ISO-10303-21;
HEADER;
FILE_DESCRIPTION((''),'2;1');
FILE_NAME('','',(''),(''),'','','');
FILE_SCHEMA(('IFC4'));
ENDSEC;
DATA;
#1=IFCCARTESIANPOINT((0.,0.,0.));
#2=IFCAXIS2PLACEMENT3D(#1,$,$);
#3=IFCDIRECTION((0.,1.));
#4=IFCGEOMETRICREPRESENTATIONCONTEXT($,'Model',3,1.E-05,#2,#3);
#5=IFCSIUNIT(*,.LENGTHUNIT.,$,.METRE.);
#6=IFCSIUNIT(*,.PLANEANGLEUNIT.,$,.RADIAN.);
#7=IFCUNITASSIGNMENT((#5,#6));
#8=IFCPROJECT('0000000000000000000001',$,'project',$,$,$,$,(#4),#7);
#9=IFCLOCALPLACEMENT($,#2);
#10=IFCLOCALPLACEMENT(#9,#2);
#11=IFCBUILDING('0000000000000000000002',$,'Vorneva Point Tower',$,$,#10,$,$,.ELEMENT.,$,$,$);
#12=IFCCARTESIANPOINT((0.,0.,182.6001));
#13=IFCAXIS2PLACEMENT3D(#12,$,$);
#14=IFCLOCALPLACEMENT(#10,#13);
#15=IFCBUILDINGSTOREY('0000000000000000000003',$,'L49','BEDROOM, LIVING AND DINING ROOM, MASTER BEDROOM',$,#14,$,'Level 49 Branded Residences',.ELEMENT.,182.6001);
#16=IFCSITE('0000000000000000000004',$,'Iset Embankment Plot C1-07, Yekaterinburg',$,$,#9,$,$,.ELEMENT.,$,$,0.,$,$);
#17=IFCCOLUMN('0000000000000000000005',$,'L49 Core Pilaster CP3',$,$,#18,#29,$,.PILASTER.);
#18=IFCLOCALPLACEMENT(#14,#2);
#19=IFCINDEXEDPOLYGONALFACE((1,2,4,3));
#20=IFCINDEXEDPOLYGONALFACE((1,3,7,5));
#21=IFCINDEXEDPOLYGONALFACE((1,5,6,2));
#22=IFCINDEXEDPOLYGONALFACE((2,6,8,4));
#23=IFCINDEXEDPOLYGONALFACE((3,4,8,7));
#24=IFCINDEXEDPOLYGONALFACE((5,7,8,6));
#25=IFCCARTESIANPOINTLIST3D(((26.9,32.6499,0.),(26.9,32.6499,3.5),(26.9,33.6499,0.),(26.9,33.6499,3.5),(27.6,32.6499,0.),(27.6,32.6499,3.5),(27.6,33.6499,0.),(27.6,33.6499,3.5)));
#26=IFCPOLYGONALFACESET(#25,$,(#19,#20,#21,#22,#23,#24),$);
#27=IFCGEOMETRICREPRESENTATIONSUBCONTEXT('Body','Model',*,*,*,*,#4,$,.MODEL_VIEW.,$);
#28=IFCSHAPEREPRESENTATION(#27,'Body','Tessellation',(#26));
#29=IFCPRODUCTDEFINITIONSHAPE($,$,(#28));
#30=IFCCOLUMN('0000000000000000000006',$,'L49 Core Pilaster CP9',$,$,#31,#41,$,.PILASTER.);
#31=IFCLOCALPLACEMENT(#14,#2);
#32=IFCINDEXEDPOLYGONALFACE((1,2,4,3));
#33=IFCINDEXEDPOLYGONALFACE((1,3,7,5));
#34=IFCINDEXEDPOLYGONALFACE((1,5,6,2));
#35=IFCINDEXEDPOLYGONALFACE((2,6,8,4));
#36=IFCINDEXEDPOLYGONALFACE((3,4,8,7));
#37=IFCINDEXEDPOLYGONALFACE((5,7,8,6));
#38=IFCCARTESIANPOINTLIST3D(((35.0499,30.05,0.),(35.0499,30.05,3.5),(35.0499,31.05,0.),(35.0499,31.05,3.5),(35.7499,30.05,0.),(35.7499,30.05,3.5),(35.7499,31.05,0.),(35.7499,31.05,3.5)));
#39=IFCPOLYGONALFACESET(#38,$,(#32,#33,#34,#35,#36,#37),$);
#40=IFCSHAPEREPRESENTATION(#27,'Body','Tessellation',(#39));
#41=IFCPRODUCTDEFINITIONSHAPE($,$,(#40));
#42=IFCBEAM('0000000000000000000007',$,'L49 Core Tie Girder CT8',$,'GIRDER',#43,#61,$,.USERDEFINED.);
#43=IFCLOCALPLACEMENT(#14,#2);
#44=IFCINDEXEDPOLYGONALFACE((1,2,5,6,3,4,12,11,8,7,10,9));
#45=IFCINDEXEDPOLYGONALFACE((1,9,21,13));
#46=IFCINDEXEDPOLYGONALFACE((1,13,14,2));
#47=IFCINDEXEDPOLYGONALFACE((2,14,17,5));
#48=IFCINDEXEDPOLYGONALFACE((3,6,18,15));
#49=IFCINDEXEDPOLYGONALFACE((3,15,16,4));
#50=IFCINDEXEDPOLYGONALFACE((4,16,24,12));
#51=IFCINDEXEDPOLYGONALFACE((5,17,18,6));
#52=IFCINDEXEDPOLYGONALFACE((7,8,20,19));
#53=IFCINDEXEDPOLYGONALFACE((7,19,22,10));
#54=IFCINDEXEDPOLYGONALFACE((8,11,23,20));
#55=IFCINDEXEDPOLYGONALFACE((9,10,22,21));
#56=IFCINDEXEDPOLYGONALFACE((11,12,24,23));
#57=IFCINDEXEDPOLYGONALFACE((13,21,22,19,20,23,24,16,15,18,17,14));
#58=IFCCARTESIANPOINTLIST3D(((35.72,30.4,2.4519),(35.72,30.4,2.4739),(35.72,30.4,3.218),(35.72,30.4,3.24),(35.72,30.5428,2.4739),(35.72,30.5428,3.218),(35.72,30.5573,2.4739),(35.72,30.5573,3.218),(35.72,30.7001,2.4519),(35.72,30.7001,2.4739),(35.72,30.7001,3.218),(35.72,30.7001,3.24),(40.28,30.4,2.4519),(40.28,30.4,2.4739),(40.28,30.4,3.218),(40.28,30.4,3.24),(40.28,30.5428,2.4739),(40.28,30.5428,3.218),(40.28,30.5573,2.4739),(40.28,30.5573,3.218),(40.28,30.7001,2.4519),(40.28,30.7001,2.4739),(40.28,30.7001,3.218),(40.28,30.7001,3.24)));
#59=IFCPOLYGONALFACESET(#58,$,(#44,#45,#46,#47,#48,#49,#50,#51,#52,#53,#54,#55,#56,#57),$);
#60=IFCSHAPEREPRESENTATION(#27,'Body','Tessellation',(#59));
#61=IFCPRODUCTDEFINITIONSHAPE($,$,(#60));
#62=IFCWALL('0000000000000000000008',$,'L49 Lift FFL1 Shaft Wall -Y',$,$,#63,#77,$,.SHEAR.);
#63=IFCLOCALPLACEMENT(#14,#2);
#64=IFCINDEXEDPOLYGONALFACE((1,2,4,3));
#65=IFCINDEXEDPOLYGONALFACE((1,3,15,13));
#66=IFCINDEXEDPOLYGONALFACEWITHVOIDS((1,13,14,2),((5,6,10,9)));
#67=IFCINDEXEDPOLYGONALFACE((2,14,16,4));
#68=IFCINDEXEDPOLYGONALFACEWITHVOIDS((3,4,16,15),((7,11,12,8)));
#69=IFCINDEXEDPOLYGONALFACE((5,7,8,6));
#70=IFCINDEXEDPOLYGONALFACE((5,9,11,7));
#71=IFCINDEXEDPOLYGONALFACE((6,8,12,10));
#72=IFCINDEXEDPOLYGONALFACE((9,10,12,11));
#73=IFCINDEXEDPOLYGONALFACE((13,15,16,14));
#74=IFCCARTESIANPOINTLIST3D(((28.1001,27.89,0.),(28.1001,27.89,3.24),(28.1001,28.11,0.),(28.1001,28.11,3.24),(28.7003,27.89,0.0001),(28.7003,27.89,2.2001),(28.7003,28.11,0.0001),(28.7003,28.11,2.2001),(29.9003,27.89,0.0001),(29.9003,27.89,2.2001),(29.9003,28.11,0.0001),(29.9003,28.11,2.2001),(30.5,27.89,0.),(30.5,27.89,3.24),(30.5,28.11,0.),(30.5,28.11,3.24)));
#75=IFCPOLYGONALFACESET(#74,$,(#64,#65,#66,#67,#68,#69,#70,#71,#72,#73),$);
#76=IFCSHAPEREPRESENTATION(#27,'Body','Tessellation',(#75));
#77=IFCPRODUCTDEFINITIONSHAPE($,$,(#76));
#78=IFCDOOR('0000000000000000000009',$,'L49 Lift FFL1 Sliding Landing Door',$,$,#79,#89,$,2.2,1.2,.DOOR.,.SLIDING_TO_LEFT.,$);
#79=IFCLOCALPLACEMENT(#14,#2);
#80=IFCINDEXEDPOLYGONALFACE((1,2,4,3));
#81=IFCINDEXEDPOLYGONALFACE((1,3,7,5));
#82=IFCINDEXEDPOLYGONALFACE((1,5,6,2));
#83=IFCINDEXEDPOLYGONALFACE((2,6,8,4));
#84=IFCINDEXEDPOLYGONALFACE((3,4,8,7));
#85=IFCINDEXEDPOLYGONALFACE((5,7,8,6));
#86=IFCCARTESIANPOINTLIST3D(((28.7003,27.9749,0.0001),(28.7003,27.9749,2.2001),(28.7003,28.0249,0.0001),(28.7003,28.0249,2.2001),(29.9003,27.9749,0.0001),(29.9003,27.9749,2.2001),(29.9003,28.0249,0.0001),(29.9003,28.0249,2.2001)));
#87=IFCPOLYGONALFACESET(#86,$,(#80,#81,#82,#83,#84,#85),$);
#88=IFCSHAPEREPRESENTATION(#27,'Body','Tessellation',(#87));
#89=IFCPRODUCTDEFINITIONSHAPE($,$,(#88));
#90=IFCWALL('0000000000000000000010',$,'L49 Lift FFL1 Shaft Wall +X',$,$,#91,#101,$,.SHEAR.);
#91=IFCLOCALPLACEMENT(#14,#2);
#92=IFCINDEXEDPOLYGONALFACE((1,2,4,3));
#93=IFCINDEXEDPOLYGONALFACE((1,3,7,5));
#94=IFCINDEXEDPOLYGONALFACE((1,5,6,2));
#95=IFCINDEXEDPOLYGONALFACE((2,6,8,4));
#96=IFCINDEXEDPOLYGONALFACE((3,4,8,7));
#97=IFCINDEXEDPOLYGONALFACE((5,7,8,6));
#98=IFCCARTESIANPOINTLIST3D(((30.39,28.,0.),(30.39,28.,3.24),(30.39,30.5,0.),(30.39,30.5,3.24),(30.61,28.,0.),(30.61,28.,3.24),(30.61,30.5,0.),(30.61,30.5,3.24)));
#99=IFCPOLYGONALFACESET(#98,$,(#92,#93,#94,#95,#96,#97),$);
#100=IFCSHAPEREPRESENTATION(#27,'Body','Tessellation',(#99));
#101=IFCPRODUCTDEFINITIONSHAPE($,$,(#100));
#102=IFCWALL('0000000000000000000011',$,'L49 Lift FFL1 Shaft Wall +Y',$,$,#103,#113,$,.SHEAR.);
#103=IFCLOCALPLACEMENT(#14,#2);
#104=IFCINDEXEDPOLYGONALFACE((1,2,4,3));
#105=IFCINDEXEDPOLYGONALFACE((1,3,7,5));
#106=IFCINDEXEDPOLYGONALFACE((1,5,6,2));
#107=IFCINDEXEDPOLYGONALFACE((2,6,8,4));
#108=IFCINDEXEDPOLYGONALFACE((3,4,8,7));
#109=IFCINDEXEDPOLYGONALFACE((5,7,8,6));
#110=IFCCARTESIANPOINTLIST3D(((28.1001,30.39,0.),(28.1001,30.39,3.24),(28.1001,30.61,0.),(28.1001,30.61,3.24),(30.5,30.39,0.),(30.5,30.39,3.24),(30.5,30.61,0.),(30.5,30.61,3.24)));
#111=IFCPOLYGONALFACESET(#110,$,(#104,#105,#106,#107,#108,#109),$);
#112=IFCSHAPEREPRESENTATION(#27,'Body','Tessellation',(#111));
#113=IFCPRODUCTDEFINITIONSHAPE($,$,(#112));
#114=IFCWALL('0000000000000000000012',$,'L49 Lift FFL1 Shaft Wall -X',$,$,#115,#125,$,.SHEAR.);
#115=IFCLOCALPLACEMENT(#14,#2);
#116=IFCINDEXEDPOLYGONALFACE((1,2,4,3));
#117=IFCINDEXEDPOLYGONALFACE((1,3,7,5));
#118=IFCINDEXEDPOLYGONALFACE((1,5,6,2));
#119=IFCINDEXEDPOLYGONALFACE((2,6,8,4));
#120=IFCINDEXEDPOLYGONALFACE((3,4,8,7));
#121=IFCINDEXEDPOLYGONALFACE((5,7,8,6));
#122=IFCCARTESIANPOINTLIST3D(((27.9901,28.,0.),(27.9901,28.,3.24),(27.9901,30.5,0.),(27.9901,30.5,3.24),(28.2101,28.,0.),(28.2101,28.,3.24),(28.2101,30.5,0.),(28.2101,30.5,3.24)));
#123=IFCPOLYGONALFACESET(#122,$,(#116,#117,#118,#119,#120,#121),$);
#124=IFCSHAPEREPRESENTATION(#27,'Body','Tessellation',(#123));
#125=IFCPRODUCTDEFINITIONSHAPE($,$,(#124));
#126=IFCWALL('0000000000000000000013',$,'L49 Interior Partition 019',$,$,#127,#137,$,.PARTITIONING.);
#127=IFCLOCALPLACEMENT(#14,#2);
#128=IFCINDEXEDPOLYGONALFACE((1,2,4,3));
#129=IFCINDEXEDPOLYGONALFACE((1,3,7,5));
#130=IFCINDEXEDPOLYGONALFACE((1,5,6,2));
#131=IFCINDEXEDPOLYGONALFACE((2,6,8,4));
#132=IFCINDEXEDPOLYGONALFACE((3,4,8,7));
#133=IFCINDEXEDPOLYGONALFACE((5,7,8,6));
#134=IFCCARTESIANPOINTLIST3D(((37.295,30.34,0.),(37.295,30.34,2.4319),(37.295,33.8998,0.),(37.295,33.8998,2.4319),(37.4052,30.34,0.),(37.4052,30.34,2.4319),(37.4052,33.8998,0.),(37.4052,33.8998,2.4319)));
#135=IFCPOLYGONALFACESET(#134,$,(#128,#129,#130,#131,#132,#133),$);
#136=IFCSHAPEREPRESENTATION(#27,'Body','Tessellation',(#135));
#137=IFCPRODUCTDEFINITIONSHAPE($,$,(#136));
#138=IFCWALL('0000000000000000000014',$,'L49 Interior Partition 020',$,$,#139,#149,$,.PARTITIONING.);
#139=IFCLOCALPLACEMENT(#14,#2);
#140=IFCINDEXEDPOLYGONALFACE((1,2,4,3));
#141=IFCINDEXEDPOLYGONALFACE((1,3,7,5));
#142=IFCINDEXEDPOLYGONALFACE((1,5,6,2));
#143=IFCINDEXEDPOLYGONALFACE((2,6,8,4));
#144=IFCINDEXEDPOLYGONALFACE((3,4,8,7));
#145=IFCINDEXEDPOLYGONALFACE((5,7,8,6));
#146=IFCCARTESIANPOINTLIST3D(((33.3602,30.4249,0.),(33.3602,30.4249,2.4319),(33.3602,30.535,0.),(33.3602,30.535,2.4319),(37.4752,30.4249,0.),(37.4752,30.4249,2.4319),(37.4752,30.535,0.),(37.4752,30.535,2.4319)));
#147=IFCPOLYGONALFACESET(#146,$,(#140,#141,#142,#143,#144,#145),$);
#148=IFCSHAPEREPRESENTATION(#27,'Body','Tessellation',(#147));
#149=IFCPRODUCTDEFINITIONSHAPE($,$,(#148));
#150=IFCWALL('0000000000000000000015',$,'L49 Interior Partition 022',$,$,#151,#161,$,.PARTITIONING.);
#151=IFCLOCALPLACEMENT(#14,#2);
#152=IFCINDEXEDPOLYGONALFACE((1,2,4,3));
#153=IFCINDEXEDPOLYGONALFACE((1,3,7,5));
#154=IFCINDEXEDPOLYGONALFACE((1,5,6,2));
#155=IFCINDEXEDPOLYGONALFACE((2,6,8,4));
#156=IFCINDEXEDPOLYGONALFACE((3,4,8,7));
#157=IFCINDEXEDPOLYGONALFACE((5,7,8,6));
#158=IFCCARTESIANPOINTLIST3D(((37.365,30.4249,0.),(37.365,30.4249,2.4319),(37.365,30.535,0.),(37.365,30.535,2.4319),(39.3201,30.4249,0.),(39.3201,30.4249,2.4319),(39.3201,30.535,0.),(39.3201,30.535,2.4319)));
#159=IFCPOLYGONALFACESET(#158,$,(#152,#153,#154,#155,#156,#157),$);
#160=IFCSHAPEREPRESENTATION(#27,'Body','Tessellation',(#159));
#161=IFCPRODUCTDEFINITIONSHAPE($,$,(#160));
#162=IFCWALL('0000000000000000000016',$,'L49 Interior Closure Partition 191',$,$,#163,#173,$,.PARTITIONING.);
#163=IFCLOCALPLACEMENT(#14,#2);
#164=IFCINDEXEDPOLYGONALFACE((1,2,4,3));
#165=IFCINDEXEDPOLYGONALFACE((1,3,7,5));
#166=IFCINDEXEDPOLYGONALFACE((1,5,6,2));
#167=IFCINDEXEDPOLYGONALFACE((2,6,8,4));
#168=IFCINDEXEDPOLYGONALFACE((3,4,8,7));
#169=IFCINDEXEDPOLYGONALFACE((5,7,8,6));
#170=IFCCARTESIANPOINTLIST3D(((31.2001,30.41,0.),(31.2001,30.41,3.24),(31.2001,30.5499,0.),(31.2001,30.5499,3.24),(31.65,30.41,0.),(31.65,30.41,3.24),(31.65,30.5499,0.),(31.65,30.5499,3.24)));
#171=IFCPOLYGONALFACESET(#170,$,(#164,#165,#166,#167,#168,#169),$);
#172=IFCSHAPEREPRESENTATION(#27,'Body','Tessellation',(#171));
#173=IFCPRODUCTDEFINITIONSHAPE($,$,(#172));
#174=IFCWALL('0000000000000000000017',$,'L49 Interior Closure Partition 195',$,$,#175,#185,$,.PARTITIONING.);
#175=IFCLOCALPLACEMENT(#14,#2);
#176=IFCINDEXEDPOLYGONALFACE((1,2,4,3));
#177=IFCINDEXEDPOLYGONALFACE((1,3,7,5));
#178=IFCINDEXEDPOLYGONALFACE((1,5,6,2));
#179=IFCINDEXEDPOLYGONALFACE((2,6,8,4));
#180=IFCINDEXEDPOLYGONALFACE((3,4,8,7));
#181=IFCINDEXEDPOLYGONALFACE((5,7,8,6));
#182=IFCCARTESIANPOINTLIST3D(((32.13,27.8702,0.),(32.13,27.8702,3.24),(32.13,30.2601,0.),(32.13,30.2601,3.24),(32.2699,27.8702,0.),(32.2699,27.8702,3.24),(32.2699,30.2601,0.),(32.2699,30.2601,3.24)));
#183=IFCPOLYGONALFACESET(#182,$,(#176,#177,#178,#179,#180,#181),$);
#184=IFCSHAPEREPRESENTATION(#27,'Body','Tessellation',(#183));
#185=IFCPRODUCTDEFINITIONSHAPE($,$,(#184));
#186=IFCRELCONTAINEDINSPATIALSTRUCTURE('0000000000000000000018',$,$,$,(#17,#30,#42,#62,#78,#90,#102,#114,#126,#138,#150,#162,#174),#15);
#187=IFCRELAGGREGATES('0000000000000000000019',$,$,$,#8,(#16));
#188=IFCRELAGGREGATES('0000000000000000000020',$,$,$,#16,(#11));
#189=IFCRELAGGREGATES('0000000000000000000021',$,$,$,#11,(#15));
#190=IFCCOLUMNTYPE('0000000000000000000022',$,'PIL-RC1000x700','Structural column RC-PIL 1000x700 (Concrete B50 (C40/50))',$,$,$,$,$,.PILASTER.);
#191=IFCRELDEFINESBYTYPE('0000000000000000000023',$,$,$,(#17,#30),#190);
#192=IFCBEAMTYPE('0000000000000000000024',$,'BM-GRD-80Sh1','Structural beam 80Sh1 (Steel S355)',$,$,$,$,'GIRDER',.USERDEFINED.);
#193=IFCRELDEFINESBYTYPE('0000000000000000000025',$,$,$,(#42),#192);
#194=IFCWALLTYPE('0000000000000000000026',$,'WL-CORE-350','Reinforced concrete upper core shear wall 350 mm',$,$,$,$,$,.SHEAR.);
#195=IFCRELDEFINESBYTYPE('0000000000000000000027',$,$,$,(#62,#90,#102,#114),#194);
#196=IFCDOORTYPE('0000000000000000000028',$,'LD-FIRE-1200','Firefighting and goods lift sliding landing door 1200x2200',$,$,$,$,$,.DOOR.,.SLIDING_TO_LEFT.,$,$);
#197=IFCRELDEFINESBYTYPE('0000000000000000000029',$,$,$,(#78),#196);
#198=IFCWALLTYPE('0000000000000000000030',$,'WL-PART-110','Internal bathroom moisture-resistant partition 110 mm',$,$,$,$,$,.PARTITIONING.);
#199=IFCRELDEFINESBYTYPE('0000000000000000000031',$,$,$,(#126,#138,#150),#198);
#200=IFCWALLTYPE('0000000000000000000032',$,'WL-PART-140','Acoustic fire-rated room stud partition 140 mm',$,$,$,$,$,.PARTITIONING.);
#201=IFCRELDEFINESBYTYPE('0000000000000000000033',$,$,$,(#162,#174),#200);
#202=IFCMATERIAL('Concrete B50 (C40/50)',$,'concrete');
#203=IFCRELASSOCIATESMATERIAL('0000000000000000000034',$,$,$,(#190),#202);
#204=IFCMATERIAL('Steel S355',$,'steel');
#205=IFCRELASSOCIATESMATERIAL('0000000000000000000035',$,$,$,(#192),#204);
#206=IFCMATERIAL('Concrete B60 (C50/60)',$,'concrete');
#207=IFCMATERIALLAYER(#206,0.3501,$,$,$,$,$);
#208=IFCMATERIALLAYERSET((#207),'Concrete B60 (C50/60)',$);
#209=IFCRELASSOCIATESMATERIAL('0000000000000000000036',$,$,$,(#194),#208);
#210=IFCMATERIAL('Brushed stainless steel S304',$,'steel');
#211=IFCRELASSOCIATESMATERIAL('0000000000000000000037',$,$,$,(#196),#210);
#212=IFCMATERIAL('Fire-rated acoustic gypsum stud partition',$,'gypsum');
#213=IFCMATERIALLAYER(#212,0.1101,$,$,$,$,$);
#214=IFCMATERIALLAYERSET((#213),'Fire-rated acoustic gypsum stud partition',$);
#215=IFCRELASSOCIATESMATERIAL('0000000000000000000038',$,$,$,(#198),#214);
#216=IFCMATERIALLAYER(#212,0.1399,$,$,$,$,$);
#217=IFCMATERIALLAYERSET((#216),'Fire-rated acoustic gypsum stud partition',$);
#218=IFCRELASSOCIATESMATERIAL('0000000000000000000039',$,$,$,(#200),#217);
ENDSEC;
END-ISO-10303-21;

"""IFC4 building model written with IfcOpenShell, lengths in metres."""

from ifc_helpers import new_model, si_unit, direction, frame, frame_2d, origin, origin_2d, place, context, subcontext, project, spatial, rectangle, i_section, extrude, material, layer, layer_set, material_profile, profile_set, type_object, element, fill, save


model = new_model("IFC4")

# Units and contexts
model_context = context("Model", 3, precision=1e-05, world=origin(), true_north=direction((0.0, 1.0)))
body_context = subcontext(model_context, "Body", "Model", "MODEL_VIEW")
ifc_project = project(units=[si_unit("LENGTHUNIT", "METRE"), si_unit("PLANEANGLEUNIT", "RADIAN")], contexts=[model_context])

# Site, building, storey
site_placement = place(None, origin())
site = spatial("IfcSite", under=ifc_project, at=site_placement, Name="Iset Embankment Plot C1-07, Yekaterinburg", CompositionType="ELEMENT", RefElevation=0.0)
building_placement = place(site_placement, origin())
building = spatial("IfcBuilding", under=site, at=building_placement, Name="Vorneva Point Tower", CompositionType="ELEMENT")
storey_placement = place(building_placement, frame((0.0, 0.0, 182.6001)))
storey = spatial("IfcBuildingStorey", under=building, at=storey_placement, Name="L49", Description="BEDROOM, LIVING AND DINING ROOM, MASTER BEDROOM", LongName="Level 49 Branded Residences", CompositionType="ELEMENT", Elevation=182.6001)

# Columns
ifc_material_1 = material(Name="Concrete B50 (C40/50)", Category="concrete")
ifc_material_profile_1 = material_profile(ifc_material_1, rectangle(XDim=0.7, YDim=1.0, at=origin_2d()), Name="RC-PIL 1000x700")
ifc_profile_set_1 = profile_set([ifc_material_profile_1], Name="Concrete B50 (C40/50)")
column_type = type_object("IfcColumnType", Name="PIL-RC1000x700", Description="Structural column RC-PIL 1000x700 (Concrete B50 (C40/50))", PredefinedType="PILASTER", material=ifc_profile_set_1)
for number, where, z_axis, x_axis, name in (
    (1, (27.25, 33.1499, 0.0), (0.0, 0.0, 1.0), (1.0, 0.0, 0.0), "L49 Core Pilaster CP3"),
    (2, (35.3999, 30.55, 0.0), (0.0, 0.0, 1.0), (1.0, 0.0, 0.0), "L49 Core Pilaster CP9"),
):
    element("IfcColumn", number, at=place(storey_placement, frame(where, z_axis=z_axis, x_axis=x_axis)), inside=storey, type_object=column_type, Name=name, PredefinedType="PILASTER", context=body_context, shape_type="SweptSolid", body=[
        extrude(rectangle(XDim=0.7, YDim=1.0, at=origin_2d()), origin(), (0.0, 0.0, 1.0), 3.5),
    ])

# Beam
ifc_material_2 = material(Name="Steel S355", Category="steel")
ifc_material_profile_2 = material_profile(ifc_material_2, i_section(OverallWidth=0.3, OverallDepth=0.7881, WebThickness=0.0144, FlangeThickness=0.022, at=origin_2d()), Name="80Sh1")
ifc_profile_set_2 = profile_set([ifc_material_profile_2], Name="Steel S355")
beam_type = type_object("IfcBeamType", Name="BM-GRD-80Sh1", Description="Structural beam 80Sh1 (Steel S355)", ElementType="GIRDER", PredefinedType="USERDEFINED", material=ifc_profile_set_2)
beam_placement = place(storey_placement, frame((35.72, 30.55, 2.8459), z_axis=(1.0, 0.0, 0.0), x_axis=(0.0, 1.0, 0.0)))
element("IfcBeam", 3, at=beam_placement, inside=storey, type_object=beam_type, Name="L49 Core Tie Girder CT8", ObjectType="GIRDER", PredefinedType="USERDEFINED", context=body_context, shape_type="SweptSolid", body=[
    extrude(i_section(OverallWidth=0.3, OverallDepth=0.7881, WebThickness=0.0144, FlangeThickness=0.022, at=origin_2d()), origin(), (0.0, 0.0, 1.0), 4.5601),
])

# Wall, opening, door
ifc_material_3 = material(Name="Concrete B60 (C50/60)", Category="concrete")
ifc_layer_1 = layer(ifc_material_3, 0.3501)
ifc_layer_set_1 = layer_set([ifc_layer_1], Name="Concrete B60 (C50/60)")
wall_type_1 = type_object("IfcWallType", Name="WL-CORE-350", Description="Reinforced concrete upper core shear wall 350 mm", PredefinedType="SHEAR", material=ifc_layer_set_1)
wall_1_placement = place(storey_placement, frame((28.1001, 28.0, 0.0), z_axis=(0.0, 0.0, 1.0), x_axis=(1.0, 0.0, 0.0)))
wall_1 = element("IfcWall", 4, at=wall_1_placement, inside=storey, type_object=wall_type_1, Name="L49 Lift FFL1 Shaft Wall -Y", PredefinedType="SHEAR", context=body_context, shape_type="SweptSolid", body=[
    extrude(rectangle(XDim=2.3999, YDim=0.22, at=frame_2d((1.2, 0.0))), origin(), (0.0, 0.0, 1.0), 3.24),
])
opening_1_placement = place(wall_1_placement, frame((0.6001, 0.0, 0.0)))
opening_1 = element("IfcOpeningElement", 5, at=opening_1_placement, cuts=wall_1, PredefinedType="OPENING", context=body_context, shape_type="SweptSolid", body=[
    extrude(rectangle(XDim=1.2, YDim=2.2, at=frame_2d((0.6001, 1.1001))), frame((0.0, 0.125, 0.0), z_axis=(0.0, -1.0, 0.0), x_axis=(1.0, 0.0, 0.0)), (0.0, 0.0, 1.0), 0.2498),
])
ifc_material_4 = material(Name="Brushed stainless steel S304", Category="steel")
door_type_1 = type_object("IfcDoorType", Name="LD-FIRE-1200", Description="Firefighting and goods lift sliding landing door 1200x2200", OperationType="SLIDING_TO_LEFT", PredefinedType="DOOR", material=ifc_material_4)
door_1_placement = place(opening_1_placement, origin())
door_1 = element("IfcDoor", 6, at=door_1_placement, inside=storey, type_object=door_type_1, Name="L49 Lift FFL1 Sliding Landing Door", OperationType="SLIDING_TO_LEFT", OverallHeight=2.2, OverallWidth=1.2, PredefinedType="DOOR", context=body_context, shape_type="SweptSolid", body=[
    extrude(rectangle(XDim=1.2, YDim=2.2, at=frame_2d((0.6001, 1.1001))), frame((0.0, 0.0249, 0.0), z_axis=(0.0, -1.0, 0.0), x_axis=(1.0, 0.0, 0.0)), (0.0, 0.0, 1.0), 0.05),
])
fill(opening_1, door_1)

# Walls
wall_2_placement = place(storey_placement, frame((30.5, 28.0, 0.0), z_axis=(0.0, 0.0, 1.0), x_axis=(0.0, 1.0, 0.0)))
element("IfcWall", 7, at=wall_2_placement, inside=storey, type_object=wall_type_1, Name="L49 Lift FFL1 Shaft Wall +X", PredefinedType="SHEAR", context=body_context, shape_type="SweptSolid", body=[
    extrude(rectangle(XDim=2.5, YDim=0.22, at=frame_2d((1.25, 0.0))), origin(), (0.0, 0.0, 1.0), 3.24),
])
wall_3_placement = place(storey_placement, frame((30.5, 30.5, 0.0), z_axis=(0.0, 0.0, 1.0), x_axis=(-1.0, 0.0, 0.0)))
element("IfcWall", 8, at=wall_3_placement, inside=storey, type_object=wall_type_1, Name="L49 Lift FFL1 Shaft Wall +Y", PredefinedType="SHEAR", context=body_context, shape_type="SweptSolid", body=[
    extrude(rectangle(XDim=2.3999, YDim=0.22, at=frame_2d((1.2, 0.0))), origin(), (0.0, 0.0, 1.0), 3.24),
])
wall_4_placement = place(storey_placement, frame((28.1001, 30.5, 0.0), z_axis=(0.0, 0.0, 1.0), x_axis=(0.0, -1.0, 0.0)))
element("IfcWall", 9, at=wall_4_placement, inside=storey, type_object=wall_type_1, Name="L49 Lift FFL1 Shaft Wall -X", PredefinedType="SHEAR", context=body_context, shape_type="SweptSolid", body=[
    extrude(rectangle(XDim=2.5, YDim=0.22, at=frame_2d((1.25, 0.0))), origin(), (0.0, 0.0, 1.0), 3.24),
])
ifc_material_5 = material(Name="Fire-rated acoustic gypsum stud partition", Category="gypsum")
ifc_layer_2 = layer(ifc_material_5, 0.1101)
ifc_layer_set_2 = layer_set([ifc_layer_2], Name="Fire-rated acoustic gypsum stud partition")
wall_type_2 = type_object("IfcWallType", Name="WL-PART-110", Description="Internal bathroom moisture-resistant partition 110 mm", PredefinedType="PARTITIONING", material=ifc_layer_set_2)
wall_5_placement = place(storey_placement, frame((37.3501, 30.3401, 0.0), z_axis=(0.0, 0.0, 1.0), x_axis=(0.0, 1.0, 0.0)))
element("IfcWall", 10, at=wall_5_placement, inside=storey, type_object=wall_type_2, Name="L49 Interior Partition 019", PredefinedType="PARTITIONING", context=body_context, shape_type="SweptSolid", body=[
    extrude(rectangle(XDim=3.5598, YDim=0.1101, at=frame_2d((1.7798, 0.0))), origin(), (0.0, 0.0, 1.0), 2.4319),
])
wall_6_placement = place(storey_placement, frame((33.3601, 30.48, 0.0), z_axis=(0.0, 0.0, 1.0), x_axis=(1.0, 0.0, 0.0)))
element("IfcWall", 11, at=wall_6_placement, inside=storey, type_object=wall_type_2, Name="L49 Interior Partition 020", PredefinedType="PARTITIONING", context=body_context, shape_type="SweptSolid", body=[
    extrude(rectangle(XDim=4.115, YDim=0.1101, at=frame_2d((2.0576, 0.0))), origin(), (0.0, 0.0, 1.0), 2.4319),
])
wall_7_placement = place(storey_placement, frame((37.365, 30.48, 0.0), z_axis=(0.0, 0.0, 1.0), x_axis=(1.0, 0.0, 0.0)))
element("IfcWall", 12, at=wall_7_placement, inside=storey, type_object=wall_type_2, Name="L49 Interior Partition 022", PredefinedType="PARTITIONING", context=body_context, shape_type="SweptSolid", body=[
    extrude(rectangle(XDim=1.9551, YDim=0.1101, at=frame_2d((0.9775, 0.0))), origin(), (0.0, 0.0, 1.0), 2.4319),
])
ifc_layer_3 = layer(ifc_material_5, 0.1399)
ifc_layer_set_3 = layer_set([ifc_layer_3], Name="Fire-rated acoustic gypsum stud partition")
wall_type_3 = type_object("IfcWallType", Name="WL-PART-140", Description="Acoustic fire-rated room stud partition 140 mm", PredefinedType="PARTITIONING", material=ifc_layer_set_3)
wall_8_placement = place(storey_placement, frame((31.2, 30.48, 0.0), z_axis=(0.0, 0.0, 1.0), x_axis=(1.0, 0.0, 0.0)))
element("IfcWall", 13, at=wall_8_placement, inside=storey, type_object=wall_type_3, Name="L49 Interior Closure Partition 191", PredefinedType="PARTITIONING", context=body_context, shape_type="SweptSolid", body=[
    extrude(rectangle(XDim=0.45, YDim=0.1399, at=frame_2d((0.2251, 0.0))), origin(), (0.0, 0.0, 1.0), 3.24),
])
wall_9_placement = place(storey_placement, frame((32.2, 30.26, 0.0), z_axis=(0.0, 0.0, 1.0), x_axis=(0.0, -1.0, 0.0)))
element("IfcWall", 14, at=wall_9_placement, inside=storey, type_object=wall_type_3, Name="L49 Interior Closure Partition 195", PredefinedType="PARTITIONING", context=body_context, shape_type="SweptSolid", body=[
    extrude(rectangle(XDim=2.3899, YDim=0.1399, at=frame_2d((1.1948, 0.0))), origin(), (0.0, 0.0, 1.0), 3.24),
])

save(model, "model.ifc")
